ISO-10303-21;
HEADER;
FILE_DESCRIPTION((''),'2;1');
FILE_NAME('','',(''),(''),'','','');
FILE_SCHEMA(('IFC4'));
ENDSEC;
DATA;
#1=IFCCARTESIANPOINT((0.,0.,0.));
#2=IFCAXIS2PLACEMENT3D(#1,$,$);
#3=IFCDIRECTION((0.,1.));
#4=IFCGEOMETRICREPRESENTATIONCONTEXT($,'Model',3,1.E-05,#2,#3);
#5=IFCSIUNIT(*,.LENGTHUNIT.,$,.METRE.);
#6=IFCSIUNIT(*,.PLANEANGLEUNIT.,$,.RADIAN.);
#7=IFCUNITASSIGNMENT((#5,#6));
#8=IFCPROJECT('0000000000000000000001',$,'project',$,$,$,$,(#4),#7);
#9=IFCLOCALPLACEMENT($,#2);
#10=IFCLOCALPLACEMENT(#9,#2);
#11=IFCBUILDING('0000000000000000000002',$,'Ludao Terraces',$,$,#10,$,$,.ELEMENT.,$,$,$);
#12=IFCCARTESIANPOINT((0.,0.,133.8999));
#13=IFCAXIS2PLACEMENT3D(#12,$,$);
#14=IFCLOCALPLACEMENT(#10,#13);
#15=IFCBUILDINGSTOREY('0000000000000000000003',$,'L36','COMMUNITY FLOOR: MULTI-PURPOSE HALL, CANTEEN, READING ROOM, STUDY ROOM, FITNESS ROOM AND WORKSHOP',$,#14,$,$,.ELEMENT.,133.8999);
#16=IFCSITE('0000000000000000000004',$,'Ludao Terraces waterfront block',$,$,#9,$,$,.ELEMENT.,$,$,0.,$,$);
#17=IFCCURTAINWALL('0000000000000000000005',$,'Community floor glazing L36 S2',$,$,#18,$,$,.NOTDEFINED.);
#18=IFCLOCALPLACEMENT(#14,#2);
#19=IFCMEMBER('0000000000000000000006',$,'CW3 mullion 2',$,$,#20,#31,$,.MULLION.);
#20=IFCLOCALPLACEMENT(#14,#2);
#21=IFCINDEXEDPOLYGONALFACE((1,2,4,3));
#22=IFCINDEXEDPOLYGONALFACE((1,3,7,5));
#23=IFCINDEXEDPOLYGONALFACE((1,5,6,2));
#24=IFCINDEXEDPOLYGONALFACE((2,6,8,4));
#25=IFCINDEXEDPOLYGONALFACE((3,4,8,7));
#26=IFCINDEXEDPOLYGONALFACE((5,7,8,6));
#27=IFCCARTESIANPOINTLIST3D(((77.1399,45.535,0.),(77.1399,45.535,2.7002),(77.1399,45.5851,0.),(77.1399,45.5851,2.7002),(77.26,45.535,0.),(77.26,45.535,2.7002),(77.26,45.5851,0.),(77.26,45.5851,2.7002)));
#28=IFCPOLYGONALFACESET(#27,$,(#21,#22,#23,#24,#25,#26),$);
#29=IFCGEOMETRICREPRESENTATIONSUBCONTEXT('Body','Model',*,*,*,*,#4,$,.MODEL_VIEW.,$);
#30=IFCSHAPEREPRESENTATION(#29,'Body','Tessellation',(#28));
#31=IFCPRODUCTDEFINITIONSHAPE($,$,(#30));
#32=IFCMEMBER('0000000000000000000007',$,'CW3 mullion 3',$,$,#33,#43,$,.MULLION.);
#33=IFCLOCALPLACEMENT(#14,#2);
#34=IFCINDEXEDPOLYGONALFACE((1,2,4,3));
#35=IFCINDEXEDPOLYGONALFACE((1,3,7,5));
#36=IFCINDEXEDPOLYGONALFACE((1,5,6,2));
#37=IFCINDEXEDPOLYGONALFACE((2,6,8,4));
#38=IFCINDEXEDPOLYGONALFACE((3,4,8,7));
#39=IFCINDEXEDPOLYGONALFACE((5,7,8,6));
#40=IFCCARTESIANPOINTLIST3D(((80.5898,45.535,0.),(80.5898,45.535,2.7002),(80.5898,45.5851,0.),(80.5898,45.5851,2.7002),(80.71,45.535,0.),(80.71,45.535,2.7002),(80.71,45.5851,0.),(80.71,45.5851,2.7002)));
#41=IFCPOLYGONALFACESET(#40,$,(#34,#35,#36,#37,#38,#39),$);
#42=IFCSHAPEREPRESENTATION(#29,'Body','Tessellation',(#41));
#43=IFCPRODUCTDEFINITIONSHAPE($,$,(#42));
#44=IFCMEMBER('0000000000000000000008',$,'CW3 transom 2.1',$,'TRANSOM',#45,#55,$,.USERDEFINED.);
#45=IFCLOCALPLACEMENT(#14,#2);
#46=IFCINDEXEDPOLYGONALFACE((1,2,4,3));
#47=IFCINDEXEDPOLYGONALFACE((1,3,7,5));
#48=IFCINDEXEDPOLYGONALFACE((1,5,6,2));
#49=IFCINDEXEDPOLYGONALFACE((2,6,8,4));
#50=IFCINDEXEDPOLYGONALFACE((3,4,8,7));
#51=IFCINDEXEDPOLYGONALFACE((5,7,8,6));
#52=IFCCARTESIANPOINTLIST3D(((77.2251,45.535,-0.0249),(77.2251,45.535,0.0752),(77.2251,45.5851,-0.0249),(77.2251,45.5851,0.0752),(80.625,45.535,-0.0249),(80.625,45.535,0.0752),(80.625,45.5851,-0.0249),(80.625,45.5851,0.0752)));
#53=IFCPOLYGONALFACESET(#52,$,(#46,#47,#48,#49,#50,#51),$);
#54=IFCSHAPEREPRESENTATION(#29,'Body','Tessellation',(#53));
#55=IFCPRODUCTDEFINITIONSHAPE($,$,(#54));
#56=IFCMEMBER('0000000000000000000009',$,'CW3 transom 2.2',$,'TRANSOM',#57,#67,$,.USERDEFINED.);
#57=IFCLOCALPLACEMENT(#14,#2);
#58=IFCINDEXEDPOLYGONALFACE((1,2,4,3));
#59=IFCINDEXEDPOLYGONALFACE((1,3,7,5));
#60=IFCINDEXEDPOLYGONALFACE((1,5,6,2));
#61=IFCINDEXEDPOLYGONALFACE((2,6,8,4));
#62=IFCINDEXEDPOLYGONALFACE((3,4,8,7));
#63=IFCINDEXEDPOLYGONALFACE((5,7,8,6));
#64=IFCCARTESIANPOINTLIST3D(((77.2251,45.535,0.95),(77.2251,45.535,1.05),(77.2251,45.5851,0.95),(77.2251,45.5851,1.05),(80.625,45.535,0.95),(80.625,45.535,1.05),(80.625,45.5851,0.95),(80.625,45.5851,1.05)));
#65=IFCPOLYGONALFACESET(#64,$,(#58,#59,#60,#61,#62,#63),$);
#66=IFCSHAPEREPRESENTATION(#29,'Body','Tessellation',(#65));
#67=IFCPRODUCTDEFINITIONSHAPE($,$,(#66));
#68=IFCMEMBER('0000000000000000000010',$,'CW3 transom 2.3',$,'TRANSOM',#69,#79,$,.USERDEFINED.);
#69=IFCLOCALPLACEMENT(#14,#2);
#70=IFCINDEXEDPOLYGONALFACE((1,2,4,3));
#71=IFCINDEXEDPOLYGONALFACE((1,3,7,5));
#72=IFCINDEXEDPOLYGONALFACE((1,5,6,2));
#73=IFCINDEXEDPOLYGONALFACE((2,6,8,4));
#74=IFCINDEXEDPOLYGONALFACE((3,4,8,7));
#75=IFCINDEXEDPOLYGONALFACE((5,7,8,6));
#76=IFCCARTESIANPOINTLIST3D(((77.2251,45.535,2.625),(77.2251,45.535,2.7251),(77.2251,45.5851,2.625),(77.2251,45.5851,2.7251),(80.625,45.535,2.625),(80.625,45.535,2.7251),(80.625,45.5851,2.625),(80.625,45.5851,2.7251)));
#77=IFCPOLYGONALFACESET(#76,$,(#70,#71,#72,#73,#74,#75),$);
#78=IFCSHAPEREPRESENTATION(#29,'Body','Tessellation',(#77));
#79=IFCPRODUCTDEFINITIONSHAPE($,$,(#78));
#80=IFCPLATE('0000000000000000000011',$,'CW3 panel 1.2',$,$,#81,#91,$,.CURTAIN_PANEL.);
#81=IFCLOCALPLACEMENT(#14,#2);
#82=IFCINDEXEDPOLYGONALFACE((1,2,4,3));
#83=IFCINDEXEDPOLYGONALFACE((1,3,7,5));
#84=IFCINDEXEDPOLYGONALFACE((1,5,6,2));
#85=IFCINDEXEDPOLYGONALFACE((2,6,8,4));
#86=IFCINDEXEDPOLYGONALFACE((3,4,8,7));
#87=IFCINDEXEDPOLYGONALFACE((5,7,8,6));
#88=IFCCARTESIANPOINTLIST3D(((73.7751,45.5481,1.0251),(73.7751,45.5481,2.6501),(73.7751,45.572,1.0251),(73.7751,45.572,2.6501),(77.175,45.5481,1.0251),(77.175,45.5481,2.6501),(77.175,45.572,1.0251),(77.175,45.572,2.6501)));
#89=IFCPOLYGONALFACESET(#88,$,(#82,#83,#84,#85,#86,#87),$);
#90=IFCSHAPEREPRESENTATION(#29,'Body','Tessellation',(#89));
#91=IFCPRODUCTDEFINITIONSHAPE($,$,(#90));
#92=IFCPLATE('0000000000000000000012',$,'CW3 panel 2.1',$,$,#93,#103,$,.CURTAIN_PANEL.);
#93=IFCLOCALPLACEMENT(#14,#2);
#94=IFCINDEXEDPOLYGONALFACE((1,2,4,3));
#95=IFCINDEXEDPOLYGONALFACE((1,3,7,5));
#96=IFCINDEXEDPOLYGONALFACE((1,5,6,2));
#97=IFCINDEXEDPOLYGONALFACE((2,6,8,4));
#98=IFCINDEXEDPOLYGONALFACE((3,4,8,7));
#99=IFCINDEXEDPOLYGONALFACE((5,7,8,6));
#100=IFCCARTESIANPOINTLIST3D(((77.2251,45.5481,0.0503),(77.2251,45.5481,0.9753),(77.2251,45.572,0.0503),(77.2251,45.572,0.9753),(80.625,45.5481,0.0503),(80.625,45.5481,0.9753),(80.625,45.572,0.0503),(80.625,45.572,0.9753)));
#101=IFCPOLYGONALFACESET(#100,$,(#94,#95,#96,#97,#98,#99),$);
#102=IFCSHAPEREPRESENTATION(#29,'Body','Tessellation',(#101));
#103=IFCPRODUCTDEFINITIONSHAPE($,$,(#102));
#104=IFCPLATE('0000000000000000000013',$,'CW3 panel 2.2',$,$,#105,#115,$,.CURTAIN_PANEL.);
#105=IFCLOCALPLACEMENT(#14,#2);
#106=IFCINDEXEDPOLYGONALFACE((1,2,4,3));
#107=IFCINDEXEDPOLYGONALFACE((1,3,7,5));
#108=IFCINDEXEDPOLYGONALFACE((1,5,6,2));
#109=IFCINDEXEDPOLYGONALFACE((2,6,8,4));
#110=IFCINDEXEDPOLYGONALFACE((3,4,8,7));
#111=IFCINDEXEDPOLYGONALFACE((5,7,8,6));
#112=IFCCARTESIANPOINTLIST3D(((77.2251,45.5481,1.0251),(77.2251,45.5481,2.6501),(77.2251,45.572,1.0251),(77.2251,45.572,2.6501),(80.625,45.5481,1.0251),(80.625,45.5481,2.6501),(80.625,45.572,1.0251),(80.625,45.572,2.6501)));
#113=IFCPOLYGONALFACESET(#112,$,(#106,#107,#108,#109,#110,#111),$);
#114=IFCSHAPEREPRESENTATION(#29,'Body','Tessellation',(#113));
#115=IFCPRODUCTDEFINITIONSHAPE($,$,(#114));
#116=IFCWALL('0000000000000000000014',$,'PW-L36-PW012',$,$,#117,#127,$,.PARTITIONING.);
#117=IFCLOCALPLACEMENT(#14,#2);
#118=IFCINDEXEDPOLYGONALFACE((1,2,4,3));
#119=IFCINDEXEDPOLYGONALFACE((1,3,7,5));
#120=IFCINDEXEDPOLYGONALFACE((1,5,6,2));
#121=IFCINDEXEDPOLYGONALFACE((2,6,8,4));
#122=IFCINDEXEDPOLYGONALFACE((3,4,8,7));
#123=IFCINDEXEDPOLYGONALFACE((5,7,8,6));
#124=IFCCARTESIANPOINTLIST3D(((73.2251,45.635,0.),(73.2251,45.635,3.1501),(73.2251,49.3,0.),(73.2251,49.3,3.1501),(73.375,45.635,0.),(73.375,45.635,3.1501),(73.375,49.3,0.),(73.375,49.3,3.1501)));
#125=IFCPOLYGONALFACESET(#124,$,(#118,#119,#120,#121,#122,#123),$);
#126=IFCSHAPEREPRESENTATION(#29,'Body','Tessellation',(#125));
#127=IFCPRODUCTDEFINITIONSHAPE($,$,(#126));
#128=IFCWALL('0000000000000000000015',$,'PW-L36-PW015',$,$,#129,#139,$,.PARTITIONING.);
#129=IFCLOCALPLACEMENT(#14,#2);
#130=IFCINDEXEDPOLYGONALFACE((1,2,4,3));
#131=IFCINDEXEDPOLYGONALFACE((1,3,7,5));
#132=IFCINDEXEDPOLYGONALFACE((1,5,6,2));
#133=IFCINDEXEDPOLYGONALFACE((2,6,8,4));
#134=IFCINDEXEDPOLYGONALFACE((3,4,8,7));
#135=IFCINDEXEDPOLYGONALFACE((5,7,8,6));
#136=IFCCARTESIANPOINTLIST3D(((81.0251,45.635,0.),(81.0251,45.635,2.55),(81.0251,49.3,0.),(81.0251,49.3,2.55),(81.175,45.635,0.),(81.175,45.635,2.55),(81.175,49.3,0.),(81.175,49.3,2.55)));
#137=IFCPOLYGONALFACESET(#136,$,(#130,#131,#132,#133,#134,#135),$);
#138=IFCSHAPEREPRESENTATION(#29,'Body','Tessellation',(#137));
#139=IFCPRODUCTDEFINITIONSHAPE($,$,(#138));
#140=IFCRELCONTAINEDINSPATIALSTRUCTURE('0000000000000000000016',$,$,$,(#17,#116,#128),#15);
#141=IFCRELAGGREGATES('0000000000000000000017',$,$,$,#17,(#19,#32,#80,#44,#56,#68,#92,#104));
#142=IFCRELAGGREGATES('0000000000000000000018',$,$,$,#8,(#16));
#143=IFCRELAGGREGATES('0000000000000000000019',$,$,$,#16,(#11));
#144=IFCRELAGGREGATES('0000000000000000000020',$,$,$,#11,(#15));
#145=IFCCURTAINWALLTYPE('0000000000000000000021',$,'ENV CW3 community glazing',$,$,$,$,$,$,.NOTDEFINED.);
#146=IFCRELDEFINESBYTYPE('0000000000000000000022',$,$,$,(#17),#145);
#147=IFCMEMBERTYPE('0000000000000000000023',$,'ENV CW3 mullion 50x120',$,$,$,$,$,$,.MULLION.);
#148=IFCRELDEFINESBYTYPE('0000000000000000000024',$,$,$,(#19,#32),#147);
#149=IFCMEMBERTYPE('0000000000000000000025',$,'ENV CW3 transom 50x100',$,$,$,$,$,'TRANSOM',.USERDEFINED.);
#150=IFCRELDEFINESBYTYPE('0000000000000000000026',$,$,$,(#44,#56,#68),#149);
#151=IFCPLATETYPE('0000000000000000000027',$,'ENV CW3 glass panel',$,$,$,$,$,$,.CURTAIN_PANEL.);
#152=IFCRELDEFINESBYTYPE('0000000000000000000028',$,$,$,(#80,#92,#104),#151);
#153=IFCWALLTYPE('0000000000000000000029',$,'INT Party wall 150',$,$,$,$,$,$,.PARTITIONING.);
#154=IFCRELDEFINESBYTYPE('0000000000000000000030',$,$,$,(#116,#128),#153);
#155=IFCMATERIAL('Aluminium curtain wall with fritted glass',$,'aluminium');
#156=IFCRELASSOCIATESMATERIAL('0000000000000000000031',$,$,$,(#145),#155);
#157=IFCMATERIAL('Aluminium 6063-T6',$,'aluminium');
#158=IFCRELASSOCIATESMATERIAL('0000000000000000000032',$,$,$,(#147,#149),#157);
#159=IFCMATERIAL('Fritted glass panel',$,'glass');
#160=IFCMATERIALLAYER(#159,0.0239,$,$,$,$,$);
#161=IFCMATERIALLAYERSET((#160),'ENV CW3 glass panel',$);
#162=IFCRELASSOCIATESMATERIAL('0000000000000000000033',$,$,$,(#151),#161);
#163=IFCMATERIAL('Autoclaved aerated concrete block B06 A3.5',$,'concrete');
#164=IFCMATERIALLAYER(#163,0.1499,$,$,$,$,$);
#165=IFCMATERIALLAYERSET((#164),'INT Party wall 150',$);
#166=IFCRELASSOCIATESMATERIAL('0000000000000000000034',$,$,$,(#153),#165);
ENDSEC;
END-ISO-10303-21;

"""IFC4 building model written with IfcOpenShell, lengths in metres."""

from ifc_helpers import new_model, si_unit, direction, frame, frame_2d, origin, origin_2d, place, context, subcontext, project, spatial, rectangle, extrude, material, layer, layer_set, material_profile, profile_set, type_object, element, aggregate, save


model = new_model("IFC4")

# Units and contexts
model_context = context("Model", 3, precision=1e-05, world=origin(), true_north=direction((0.0, 1.0)))
body_context = subcontext(model_context, "Body", "Model", "MODEL_VIEW")
ifc_project = project(units=[si_unit("LENGTHUNIT", "METRE"), si_unit("PLANEANGLEUNIT", "RADIAN")], contexts=[model_context])

# Site, building, storey
site_placement = place(None, origin())
site = spatial("IfcSite", under=ifc_project, at=site_placement, Name="Ludao Terraces waterfront block", CompositionType="ELEMENT", RefElevation=0.0)
building_placement = place(site_placement, origin())
building = spatial("IfcBuilding", under=site, at=building_placement, Name="Ludao Terraces", CompositionType="ELEMENT")
storey_placement = place(building_placement, frame((0.0, 0.0, 133.8999)))
storey = spatial("IfcBuildingStorey", under=building, at=storey_placement, Name="L36", Description="COMMUNITY FLOOR: MULTI-PURPOSE HALL, CANTEEN, READING ROOM, STUDY ROOM, FITNESS ROOM AND WORKSHOP", CompositionType="ELEMENT", Elevation=133.8999)

# Curtain wall, members, plates
ifc_material_1 = material(Name="Aluminium curtain wall with fritted glass", Category="aluminium")
curtain_wall_type = type_object("IfcCurtainWallType", Name="ENV CW3 community glazing", PredefinedType="NOTDEFINED", material=ifc_material_1)
curtain_wall_placement = place(storey_placement, origin())
curtain_wall = element("IfcCurtainWall", 1, at=curtain_wall_placement, inside=storey, type_object=curtain_wall_type, Name="Community floor glazing L36 S2", PredefinedType="NOTDEFINED")
ifc_material_2 = material(Name="Aluminium 6063-T6", Category="aluminium")
ifc_material_profile_1 = material_profile(ifc_material_2, rectangle(XDim=0.05, YDim=0.1201, at=origin_2d()), Name="50 X 120")
ifc_profile_set_1 = profile_set([ifc_material_profile_1], Name="Aluminium 6063-T6")
member_type_1 = type_object("IfcMemberType", Name="ENV CW3 mullion 50x120", PredefinedType="MULLION", material=ifc_profile_set_1)
member_1_placement = place(storey_placement, frame((77.2, 45.5601, 0.0), z_axis=(0.0, 0.0, 1.0), x_axis=(0.0, 1.0, 0.0)))
member_1 = element("IfcMember", 2, at=member_1_placement, type_object=member_type_1, Name="CW3 mullion 2", PredefinedType="MULLION", context=body_context, shape_type="SweptSolid", body=[
    extrude(rectangle(XDim=0.05, YDim=0.1201, at=origin_2d()), origin(), (0.0, 0.0, 1.0), 2.7002),
])
member_2_placement = place(storey_placement, frame((80.6499, 45.5601, 0.0), z_axis=(0.0, 0.0, 1.0), x_axis=(0.0, 1.0, 0.0)))
member_2 = element("IfcMember", 3, at=member_2_placement, type_object=member_type_1, Name="CW3 mullion 3", PredefinedType="MULLION", context=body_context, shape_type="SweptSolid", body=[
    extrude(rectangle(XDim=0.05, YDim=0.1201, at=origin_2d()), origin(), (0.0, 0.0, 1.0), 2.7002),
])
ifc_material_profile_2 = material_profile(ifc_material_2, rectangle(XDim=0.05, YDim=0.1001, at=origin_2d()), Name="50 X 100")
ifc_profile_set_2 = profile_set([ifc_material_profile_2], Name="Aluminium 6063-T6")
member_type_2 = type_object("IfcMemberType", Name="ENV CW3 transom 50x100", ElementType="TRANSOM", PredefinedType="USERDEFINED", material=ifc_profile_set_2)
member_3_placement = place(storey_placement, frame((77.2251, 45.5601, 0.0251), z_axis=(1.0, 0.0, 0.0), x_axis=(0.0, 1.0, 0.0)))
member_3 = element("IfcMember", 4, at=member_3_placement, type_object=member_type_2, Name="CW3 transom 2.1", ObjectType="TRANSOM", PredefinedType="USERDEFINED", context=body_context, shape_type="SweptSolid", body=[
    extrude(rectangle(XDim=0.05, YDim=0.1001, at=origin_2d()), origin(), (0.0, 0.0, 1.0), 3.3999),
])
member_4_placement = place(storey_placement, frame((77.2251, 45.5601, 1.0), z_axis=(1.0, 0.0, 0.0), x_axis=(0.0, 1.0, 0.0)))
member_4 = element("IfcMember", 5, at=member_4_placement, type_object=member_type_2, Name="CW3 transom 2.2", ObjectType="TRANSOM", PredefinedType="USERDEFINED", context=body_context, shape_type="SweptSolid", body=[
    extrude(rectangle(XDim=0.05, YDim=0.1001, at=origin_2d()), origin(), (0.0, 0.0, 1.0), 3.3999),
])
member_5_placement = place(storey_placement, frame((77.2251, 45.5601, 2.675), z_axis=(1.0, 0.0, 0.0), x_axis=(0.0, 1.0, 0.0)))
member_5 = element("IfcMember", 6, at=member_5_placement, type_object=member_type_2, Name="CW3 transom 2.3", ObjectType="TRANSOM", PredefinedType="USERDEFINED", context=body_context, shape_type="SweptSolid", body=[
    extrude(rectangle(XDim=0.05, YDim=0.1001, at=origin_2d()), origin(), (0.0, 0.0, 1.0), 3.3999),
])
ifc_material_3 = material(Name="Fritted glass panel", Category="glass")
ifc_layer_1 = layer(ifc_material_3, 0.0239)
ifc_layer_set_1 = layer_set([ifc_layer_1], Name="ENV CW3 glass panel")
plate_type = type_object("IfcPlateType", Name="ENV CW3 glass panel", PredefinedType="CURTAIN_PANEL", material=ifc_layer_set_1)
plate_1_placement = place(storey_placement, frame((75.4751, 45.5601, 1.0251), z_axis=(0.0, 0.0, 1.0), x_axis=(1.0, 0.0, 0.0)))
plate_1 = element("IfcPlate", 7, at=plate_1_placement, type_object=plate_type, Name="CW3 panel 1.2", PredefinedType="CURTAIN_PANEL", context=body_context, shape_type="SweptSolid", body=[
    extrude(rectangle(XDim=3.3999, YDim=0.0239, at=origin_2d()), origin(), (0.0, 0.0, 1.0), 1.625),
])
plate_2_placement = place(storey_placement, frame((78.925, 45.5601, 0.0503), z_axis=(0.0, 0.0, 1.0), x_axis=(1.0, 0.0, 0.0)))
plate_2 = element("IfcPlate", 8, at=plate_2_placement, type_object=plate_type, Name="CW3 panel 2.1", PredefinedType="CURTAIN_PANEL", context=body_context, shape_type="SweptSolid", body=[
    extrude(rectangle(XDim=3.3999, YDim=0.0239, at=origin_2d()), origin(), (0.0, 0.0, 1.0), 0.925),
])
plate_3_placement = place(storey_placement, frame((78.925, 45.5601, 1.0251), z_axis=(0.0, 0.0, 1.0), x_axis=(1.0, 0.0, 0.0)))
plate_3 = element("IfcPlate", 9, at=plate_3_placement, type_object=plate_type, Name="CW3 panel 2.2", PredefinedType="CURTAIN_PANEL", context=body_context, shape_type="SweptSolid", body=[
    extrude(rectangle(XDim=3.3999, YDim=0.0239, at=origin_2d()), origin(), (0.0, 0.0, 1.0), 1.625),
])
aggregate(curtain_wall, [member_1, member_2, plate_1, member_3, member_4, member_5, plate_2, plate_3])

# Walls
ifc_material_4 = material(Name="Autoclaved aerated concrete block B06 A3.5", Category="concrete")
ifc_layer_2 = layer(ifc_material_4, 0.1499)
ifc_layer_set_2 = layer_set([ifc_layer_2], Name="INT Party wall 150")
wall_type_1 = type_object("IfcWallType", Name="INT Party wall 150", PredefinedType="PARTITIONING", material=ifc_layer_set_2)
wall_1_placement = place(storey_placement, frame((73.3, 45.635, 0.0), z_axis=(0.0, 0.0, 1.0), x_axis=(0.0, 1.0, 0.0)))
element("IfcWall", 10, at=wall_1_placement, inside=storey, type_object=wall_type_1, Name="PW-L36-PW012", PredefinedType="PARTITIONING", context=body_context, shape_type="SweptSolid", body=[
    extrude(rectangle(XDim=3.665, YDim=0.1499, at=frame_2d((1.8325, 0.0))), origin(), (0.0, 0.0, 1.0), 3.1501),
])
wall_2_placement = place(storey_placement, frame((81.1001, 45.635, 0.0), z_axis=(0.0, 0.0, 1.0), x_axis=(0.0, 1.0, 0.0)))
element("IfcWall", 11, at=wall_2_placement, inside=storey, type_object=wall_type_1, Name="PW-L36-PW015", PredefinedType="PARTITIONING", context=body_context, shape_type="SweptSolid", body=[
    extrude(rectangle(XDim=3.665, YDim=0.1499, at=frame_2d((1.8325, 0.0))), origin(), (0.0, 0.0, 1.0), 2.55),
])

save(model, "model.ifc")
